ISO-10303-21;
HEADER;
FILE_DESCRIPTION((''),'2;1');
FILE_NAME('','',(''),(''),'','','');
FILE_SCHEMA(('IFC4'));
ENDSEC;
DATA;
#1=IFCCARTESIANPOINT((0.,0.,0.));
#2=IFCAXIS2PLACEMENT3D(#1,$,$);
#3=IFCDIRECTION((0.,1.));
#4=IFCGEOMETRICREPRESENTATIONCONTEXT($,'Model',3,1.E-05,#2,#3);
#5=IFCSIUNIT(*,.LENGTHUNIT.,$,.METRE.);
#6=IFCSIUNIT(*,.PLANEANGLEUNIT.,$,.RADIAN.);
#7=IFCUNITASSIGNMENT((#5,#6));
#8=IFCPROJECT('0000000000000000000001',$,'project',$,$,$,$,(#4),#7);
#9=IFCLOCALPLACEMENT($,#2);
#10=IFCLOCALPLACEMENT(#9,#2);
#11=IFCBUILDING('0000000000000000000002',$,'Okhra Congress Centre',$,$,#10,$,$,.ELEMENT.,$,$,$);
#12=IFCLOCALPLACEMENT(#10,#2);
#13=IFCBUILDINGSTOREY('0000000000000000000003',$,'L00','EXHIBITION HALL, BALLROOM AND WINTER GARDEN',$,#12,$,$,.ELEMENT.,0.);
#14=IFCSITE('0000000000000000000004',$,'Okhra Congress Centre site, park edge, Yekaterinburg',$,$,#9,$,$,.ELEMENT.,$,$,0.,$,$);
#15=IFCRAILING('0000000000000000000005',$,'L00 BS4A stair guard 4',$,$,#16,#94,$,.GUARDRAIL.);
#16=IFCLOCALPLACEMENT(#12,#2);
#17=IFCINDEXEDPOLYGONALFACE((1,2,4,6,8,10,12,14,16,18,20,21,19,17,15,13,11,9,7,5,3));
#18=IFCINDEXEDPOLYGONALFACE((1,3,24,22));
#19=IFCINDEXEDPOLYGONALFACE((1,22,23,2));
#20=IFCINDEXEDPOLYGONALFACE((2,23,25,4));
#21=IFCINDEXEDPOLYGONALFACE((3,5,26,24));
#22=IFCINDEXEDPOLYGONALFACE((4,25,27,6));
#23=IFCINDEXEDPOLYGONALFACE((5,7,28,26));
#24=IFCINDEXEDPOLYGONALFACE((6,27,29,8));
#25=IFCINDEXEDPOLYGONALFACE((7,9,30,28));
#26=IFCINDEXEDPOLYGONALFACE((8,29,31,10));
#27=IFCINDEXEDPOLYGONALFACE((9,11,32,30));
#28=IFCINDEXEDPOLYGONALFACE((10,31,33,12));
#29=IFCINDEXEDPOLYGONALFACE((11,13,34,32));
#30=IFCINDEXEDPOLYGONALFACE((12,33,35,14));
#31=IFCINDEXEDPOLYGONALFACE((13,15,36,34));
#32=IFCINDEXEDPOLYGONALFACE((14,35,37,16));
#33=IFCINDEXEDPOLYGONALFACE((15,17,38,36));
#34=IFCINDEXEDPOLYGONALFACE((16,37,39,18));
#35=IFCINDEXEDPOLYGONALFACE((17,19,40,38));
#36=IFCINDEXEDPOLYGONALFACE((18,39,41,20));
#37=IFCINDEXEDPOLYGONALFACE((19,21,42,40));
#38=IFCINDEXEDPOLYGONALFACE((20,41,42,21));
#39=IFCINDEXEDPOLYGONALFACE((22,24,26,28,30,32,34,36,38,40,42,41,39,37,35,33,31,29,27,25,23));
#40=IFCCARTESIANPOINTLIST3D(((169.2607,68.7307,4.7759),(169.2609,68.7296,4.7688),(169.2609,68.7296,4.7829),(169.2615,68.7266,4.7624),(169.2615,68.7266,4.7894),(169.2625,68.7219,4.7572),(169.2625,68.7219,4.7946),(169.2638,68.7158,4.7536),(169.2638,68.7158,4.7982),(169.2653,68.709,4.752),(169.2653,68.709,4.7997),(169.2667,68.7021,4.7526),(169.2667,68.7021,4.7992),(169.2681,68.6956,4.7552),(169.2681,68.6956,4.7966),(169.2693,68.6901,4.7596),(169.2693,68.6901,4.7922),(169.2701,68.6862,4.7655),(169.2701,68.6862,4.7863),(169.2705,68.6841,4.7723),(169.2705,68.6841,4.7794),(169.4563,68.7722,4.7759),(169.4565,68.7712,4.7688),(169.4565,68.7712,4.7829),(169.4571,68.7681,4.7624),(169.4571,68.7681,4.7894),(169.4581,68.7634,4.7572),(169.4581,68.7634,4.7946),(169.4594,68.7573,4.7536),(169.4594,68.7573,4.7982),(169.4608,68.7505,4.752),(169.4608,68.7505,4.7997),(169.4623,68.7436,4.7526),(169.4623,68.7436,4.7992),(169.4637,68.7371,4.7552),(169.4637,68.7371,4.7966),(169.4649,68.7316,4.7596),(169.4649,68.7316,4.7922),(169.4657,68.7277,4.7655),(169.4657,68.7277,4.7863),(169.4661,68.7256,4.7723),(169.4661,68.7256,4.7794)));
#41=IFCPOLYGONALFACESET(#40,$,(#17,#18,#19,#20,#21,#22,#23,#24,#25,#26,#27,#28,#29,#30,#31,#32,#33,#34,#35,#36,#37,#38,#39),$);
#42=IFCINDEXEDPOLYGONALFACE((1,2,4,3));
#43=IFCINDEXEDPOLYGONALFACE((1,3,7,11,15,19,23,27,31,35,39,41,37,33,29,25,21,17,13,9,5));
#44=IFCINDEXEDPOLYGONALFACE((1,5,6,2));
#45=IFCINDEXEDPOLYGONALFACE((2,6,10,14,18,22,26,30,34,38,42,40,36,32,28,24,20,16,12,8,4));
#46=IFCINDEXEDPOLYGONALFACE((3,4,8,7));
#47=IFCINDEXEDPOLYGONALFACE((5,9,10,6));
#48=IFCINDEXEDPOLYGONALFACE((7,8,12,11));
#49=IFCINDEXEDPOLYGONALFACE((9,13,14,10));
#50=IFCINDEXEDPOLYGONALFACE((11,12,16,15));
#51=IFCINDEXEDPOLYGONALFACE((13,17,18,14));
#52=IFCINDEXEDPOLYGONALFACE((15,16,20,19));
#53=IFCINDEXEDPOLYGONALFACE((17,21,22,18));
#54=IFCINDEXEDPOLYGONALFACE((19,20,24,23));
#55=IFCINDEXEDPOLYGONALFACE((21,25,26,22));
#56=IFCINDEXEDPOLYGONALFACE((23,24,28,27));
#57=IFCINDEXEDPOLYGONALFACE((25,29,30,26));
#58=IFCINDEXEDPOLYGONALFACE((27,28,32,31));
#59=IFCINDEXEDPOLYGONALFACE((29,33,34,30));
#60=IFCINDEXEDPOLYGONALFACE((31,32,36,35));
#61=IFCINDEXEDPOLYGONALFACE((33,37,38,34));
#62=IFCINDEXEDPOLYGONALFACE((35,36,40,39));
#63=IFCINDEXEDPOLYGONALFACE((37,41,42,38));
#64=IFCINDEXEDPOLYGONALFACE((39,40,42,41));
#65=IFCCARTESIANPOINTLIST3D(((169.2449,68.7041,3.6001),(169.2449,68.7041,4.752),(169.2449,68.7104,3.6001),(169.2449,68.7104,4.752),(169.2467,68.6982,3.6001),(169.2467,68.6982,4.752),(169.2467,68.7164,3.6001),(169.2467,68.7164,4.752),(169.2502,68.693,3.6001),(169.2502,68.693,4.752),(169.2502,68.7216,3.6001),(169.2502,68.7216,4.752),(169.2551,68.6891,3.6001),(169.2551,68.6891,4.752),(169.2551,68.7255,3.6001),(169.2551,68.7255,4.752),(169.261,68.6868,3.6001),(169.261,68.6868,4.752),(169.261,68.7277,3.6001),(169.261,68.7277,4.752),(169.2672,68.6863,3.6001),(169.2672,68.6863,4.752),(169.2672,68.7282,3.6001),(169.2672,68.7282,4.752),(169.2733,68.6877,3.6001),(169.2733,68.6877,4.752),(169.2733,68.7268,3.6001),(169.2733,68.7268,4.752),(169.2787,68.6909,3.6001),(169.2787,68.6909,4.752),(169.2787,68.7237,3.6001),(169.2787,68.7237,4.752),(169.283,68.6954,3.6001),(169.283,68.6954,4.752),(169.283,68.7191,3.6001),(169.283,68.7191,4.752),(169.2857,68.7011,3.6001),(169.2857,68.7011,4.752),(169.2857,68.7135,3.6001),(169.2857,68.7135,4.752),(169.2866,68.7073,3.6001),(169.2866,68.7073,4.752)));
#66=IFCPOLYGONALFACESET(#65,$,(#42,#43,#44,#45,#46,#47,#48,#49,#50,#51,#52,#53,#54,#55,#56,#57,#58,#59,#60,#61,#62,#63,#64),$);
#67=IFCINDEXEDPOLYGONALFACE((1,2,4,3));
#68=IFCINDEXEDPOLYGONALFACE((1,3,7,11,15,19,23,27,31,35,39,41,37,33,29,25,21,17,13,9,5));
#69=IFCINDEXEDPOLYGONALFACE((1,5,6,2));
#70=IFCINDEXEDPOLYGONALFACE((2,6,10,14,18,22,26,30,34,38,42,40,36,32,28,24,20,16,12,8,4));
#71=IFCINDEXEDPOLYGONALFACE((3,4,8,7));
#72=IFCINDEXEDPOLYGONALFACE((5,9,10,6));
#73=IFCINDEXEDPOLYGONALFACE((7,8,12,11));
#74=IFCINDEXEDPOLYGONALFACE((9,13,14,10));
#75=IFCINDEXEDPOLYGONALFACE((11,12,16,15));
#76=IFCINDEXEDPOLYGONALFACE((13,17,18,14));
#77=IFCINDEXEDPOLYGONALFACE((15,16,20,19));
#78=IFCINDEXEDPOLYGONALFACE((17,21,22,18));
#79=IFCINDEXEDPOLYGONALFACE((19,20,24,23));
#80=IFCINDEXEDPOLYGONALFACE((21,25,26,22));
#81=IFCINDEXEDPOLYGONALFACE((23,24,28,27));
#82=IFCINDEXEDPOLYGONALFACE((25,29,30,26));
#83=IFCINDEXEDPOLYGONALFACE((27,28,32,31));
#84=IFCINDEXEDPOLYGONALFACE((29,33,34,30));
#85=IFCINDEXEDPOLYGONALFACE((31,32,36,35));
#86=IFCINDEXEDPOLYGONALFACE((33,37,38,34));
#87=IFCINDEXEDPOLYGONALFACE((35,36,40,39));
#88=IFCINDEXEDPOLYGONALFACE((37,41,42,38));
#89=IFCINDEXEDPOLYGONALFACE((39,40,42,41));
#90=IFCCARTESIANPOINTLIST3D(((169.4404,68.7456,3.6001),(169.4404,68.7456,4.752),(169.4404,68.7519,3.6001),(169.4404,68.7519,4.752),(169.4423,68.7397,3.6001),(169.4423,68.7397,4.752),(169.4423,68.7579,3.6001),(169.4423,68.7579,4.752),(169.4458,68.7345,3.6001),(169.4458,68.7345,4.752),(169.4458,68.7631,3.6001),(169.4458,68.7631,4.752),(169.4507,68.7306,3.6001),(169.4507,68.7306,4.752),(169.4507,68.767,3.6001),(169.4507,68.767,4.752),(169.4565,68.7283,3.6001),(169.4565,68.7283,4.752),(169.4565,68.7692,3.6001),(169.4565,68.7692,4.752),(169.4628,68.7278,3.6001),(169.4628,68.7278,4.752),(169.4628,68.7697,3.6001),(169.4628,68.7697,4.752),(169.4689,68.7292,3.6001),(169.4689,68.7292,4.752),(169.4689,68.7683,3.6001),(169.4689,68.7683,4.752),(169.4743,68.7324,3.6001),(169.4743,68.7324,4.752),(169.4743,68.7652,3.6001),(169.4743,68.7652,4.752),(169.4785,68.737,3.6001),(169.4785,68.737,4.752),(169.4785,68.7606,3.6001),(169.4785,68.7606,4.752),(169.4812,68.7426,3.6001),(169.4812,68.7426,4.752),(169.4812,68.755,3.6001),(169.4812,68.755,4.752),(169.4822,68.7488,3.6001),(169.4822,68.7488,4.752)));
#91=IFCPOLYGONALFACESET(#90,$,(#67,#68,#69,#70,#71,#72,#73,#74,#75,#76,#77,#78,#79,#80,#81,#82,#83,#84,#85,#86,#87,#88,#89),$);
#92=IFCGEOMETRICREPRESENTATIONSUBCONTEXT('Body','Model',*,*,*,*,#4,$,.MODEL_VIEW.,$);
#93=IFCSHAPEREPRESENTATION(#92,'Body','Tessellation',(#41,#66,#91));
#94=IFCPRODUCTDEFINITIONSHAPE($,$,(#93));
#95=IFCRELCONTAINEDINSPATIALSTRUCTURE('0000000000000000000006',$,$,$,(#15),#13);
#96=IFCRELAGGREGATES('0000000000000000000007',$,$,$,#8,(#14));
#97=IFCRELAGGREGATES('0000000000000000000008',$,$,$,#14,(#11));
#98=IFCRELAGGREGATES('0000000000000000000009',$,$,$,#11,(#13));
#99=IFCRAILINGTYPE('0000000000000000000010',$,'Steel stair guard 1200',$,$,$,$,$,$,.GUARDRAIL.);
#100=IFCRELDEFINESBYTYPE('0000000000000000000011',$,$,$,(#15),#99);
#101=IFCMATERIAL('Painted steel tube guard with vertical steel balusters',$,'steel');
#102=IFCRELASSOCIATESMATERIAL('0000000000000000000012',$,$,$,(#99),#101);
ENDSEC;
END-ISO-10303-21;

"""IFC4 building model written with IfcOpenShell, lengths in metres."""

from ifc_helpers import new_model, si_unit, direction, frame, origin, origin_2d, place, context, subcontext, project, spatial, circle, extrude, material, type_object, element, save


model = new_model("IFC4")

# Units and contexts
model_context = context("Model", 3, precision=1e-05, world=origin(), true_north=direction((0.0, 1.0)))
body_context = subcontext(model_context, "Body", "Model", "MODEL_VIEW")
ifc_project = project(units=[si_unit("LENGTHUNIT", "METRE"), si_unit("PLANEANGLEUNIT", "RADIAN")], contexts=[model_context])

# Site, building, storey
site_placement = place(None, origin())
site = spatial("IfcSite", under=ifc_project, at=site_placement, Name="Okhra Congress Centre site, park edge, Yekaterinburg", CompositionType="ELEMENT", RefElevation=0.0)
building_placement = place(site_placement, origin())
building = spatial("IfcBuilding", under=site, at=building_placement, Name="Okhra Congress Centre", CompositionType="ELEMENT")
storey_placement = place(building_placement, origin())
storey = spatial("IfcBuildingStorey", under=building, at=storey_placement, Name="L00", Description="EXHIBITION HALL, BALLROOM AND WINTER GARDEN", CompositionType="ELEMENT", Elevation=0.0)

# Railing
ifc_material_1 = material(Name="Painted steel tube guard with vertical steel balusters", Category="steel")
railing_type_1 = type_object("IfcRailingType", Name="Steel stair guard 1200", PredefinedType="GUARDRAIL", material=ifc_material_1)
railing_1_placement = place(storey_placement, frame((169.2656, 68.7073, 3.6001)))
element("IfcRailing", 1, at=railing_1_placement, inside=storey, type_object=railing_type_1, Name="L00 BS4A stair guard 4", PredefinedType="GUARDRAIL", context=body_context, shape_type="SweptSolid", body=[
    extrude(circle(Radius=0.0239, at=origin_2d()), frame((0.0, 0.0, 1.1758), z_axis=(0.978212, 0.20761, 0.0), x_axis=(-0.20761, 0.978212, 0.0)), (0.0, 0.0, 1.0), 0.2),
    extrude(circle(Radius=0.021, at=origin_2d()), origin(), (0.0, 0.0, 1.0), 1.1519),
    extrude(circle(Radius=0.021, at=origin_2d()), frame((0.1956, 0.0415, 0.0)), (0.0, 0.0, 1.0), 1.1519),
])

save(model, "model.ifc")
